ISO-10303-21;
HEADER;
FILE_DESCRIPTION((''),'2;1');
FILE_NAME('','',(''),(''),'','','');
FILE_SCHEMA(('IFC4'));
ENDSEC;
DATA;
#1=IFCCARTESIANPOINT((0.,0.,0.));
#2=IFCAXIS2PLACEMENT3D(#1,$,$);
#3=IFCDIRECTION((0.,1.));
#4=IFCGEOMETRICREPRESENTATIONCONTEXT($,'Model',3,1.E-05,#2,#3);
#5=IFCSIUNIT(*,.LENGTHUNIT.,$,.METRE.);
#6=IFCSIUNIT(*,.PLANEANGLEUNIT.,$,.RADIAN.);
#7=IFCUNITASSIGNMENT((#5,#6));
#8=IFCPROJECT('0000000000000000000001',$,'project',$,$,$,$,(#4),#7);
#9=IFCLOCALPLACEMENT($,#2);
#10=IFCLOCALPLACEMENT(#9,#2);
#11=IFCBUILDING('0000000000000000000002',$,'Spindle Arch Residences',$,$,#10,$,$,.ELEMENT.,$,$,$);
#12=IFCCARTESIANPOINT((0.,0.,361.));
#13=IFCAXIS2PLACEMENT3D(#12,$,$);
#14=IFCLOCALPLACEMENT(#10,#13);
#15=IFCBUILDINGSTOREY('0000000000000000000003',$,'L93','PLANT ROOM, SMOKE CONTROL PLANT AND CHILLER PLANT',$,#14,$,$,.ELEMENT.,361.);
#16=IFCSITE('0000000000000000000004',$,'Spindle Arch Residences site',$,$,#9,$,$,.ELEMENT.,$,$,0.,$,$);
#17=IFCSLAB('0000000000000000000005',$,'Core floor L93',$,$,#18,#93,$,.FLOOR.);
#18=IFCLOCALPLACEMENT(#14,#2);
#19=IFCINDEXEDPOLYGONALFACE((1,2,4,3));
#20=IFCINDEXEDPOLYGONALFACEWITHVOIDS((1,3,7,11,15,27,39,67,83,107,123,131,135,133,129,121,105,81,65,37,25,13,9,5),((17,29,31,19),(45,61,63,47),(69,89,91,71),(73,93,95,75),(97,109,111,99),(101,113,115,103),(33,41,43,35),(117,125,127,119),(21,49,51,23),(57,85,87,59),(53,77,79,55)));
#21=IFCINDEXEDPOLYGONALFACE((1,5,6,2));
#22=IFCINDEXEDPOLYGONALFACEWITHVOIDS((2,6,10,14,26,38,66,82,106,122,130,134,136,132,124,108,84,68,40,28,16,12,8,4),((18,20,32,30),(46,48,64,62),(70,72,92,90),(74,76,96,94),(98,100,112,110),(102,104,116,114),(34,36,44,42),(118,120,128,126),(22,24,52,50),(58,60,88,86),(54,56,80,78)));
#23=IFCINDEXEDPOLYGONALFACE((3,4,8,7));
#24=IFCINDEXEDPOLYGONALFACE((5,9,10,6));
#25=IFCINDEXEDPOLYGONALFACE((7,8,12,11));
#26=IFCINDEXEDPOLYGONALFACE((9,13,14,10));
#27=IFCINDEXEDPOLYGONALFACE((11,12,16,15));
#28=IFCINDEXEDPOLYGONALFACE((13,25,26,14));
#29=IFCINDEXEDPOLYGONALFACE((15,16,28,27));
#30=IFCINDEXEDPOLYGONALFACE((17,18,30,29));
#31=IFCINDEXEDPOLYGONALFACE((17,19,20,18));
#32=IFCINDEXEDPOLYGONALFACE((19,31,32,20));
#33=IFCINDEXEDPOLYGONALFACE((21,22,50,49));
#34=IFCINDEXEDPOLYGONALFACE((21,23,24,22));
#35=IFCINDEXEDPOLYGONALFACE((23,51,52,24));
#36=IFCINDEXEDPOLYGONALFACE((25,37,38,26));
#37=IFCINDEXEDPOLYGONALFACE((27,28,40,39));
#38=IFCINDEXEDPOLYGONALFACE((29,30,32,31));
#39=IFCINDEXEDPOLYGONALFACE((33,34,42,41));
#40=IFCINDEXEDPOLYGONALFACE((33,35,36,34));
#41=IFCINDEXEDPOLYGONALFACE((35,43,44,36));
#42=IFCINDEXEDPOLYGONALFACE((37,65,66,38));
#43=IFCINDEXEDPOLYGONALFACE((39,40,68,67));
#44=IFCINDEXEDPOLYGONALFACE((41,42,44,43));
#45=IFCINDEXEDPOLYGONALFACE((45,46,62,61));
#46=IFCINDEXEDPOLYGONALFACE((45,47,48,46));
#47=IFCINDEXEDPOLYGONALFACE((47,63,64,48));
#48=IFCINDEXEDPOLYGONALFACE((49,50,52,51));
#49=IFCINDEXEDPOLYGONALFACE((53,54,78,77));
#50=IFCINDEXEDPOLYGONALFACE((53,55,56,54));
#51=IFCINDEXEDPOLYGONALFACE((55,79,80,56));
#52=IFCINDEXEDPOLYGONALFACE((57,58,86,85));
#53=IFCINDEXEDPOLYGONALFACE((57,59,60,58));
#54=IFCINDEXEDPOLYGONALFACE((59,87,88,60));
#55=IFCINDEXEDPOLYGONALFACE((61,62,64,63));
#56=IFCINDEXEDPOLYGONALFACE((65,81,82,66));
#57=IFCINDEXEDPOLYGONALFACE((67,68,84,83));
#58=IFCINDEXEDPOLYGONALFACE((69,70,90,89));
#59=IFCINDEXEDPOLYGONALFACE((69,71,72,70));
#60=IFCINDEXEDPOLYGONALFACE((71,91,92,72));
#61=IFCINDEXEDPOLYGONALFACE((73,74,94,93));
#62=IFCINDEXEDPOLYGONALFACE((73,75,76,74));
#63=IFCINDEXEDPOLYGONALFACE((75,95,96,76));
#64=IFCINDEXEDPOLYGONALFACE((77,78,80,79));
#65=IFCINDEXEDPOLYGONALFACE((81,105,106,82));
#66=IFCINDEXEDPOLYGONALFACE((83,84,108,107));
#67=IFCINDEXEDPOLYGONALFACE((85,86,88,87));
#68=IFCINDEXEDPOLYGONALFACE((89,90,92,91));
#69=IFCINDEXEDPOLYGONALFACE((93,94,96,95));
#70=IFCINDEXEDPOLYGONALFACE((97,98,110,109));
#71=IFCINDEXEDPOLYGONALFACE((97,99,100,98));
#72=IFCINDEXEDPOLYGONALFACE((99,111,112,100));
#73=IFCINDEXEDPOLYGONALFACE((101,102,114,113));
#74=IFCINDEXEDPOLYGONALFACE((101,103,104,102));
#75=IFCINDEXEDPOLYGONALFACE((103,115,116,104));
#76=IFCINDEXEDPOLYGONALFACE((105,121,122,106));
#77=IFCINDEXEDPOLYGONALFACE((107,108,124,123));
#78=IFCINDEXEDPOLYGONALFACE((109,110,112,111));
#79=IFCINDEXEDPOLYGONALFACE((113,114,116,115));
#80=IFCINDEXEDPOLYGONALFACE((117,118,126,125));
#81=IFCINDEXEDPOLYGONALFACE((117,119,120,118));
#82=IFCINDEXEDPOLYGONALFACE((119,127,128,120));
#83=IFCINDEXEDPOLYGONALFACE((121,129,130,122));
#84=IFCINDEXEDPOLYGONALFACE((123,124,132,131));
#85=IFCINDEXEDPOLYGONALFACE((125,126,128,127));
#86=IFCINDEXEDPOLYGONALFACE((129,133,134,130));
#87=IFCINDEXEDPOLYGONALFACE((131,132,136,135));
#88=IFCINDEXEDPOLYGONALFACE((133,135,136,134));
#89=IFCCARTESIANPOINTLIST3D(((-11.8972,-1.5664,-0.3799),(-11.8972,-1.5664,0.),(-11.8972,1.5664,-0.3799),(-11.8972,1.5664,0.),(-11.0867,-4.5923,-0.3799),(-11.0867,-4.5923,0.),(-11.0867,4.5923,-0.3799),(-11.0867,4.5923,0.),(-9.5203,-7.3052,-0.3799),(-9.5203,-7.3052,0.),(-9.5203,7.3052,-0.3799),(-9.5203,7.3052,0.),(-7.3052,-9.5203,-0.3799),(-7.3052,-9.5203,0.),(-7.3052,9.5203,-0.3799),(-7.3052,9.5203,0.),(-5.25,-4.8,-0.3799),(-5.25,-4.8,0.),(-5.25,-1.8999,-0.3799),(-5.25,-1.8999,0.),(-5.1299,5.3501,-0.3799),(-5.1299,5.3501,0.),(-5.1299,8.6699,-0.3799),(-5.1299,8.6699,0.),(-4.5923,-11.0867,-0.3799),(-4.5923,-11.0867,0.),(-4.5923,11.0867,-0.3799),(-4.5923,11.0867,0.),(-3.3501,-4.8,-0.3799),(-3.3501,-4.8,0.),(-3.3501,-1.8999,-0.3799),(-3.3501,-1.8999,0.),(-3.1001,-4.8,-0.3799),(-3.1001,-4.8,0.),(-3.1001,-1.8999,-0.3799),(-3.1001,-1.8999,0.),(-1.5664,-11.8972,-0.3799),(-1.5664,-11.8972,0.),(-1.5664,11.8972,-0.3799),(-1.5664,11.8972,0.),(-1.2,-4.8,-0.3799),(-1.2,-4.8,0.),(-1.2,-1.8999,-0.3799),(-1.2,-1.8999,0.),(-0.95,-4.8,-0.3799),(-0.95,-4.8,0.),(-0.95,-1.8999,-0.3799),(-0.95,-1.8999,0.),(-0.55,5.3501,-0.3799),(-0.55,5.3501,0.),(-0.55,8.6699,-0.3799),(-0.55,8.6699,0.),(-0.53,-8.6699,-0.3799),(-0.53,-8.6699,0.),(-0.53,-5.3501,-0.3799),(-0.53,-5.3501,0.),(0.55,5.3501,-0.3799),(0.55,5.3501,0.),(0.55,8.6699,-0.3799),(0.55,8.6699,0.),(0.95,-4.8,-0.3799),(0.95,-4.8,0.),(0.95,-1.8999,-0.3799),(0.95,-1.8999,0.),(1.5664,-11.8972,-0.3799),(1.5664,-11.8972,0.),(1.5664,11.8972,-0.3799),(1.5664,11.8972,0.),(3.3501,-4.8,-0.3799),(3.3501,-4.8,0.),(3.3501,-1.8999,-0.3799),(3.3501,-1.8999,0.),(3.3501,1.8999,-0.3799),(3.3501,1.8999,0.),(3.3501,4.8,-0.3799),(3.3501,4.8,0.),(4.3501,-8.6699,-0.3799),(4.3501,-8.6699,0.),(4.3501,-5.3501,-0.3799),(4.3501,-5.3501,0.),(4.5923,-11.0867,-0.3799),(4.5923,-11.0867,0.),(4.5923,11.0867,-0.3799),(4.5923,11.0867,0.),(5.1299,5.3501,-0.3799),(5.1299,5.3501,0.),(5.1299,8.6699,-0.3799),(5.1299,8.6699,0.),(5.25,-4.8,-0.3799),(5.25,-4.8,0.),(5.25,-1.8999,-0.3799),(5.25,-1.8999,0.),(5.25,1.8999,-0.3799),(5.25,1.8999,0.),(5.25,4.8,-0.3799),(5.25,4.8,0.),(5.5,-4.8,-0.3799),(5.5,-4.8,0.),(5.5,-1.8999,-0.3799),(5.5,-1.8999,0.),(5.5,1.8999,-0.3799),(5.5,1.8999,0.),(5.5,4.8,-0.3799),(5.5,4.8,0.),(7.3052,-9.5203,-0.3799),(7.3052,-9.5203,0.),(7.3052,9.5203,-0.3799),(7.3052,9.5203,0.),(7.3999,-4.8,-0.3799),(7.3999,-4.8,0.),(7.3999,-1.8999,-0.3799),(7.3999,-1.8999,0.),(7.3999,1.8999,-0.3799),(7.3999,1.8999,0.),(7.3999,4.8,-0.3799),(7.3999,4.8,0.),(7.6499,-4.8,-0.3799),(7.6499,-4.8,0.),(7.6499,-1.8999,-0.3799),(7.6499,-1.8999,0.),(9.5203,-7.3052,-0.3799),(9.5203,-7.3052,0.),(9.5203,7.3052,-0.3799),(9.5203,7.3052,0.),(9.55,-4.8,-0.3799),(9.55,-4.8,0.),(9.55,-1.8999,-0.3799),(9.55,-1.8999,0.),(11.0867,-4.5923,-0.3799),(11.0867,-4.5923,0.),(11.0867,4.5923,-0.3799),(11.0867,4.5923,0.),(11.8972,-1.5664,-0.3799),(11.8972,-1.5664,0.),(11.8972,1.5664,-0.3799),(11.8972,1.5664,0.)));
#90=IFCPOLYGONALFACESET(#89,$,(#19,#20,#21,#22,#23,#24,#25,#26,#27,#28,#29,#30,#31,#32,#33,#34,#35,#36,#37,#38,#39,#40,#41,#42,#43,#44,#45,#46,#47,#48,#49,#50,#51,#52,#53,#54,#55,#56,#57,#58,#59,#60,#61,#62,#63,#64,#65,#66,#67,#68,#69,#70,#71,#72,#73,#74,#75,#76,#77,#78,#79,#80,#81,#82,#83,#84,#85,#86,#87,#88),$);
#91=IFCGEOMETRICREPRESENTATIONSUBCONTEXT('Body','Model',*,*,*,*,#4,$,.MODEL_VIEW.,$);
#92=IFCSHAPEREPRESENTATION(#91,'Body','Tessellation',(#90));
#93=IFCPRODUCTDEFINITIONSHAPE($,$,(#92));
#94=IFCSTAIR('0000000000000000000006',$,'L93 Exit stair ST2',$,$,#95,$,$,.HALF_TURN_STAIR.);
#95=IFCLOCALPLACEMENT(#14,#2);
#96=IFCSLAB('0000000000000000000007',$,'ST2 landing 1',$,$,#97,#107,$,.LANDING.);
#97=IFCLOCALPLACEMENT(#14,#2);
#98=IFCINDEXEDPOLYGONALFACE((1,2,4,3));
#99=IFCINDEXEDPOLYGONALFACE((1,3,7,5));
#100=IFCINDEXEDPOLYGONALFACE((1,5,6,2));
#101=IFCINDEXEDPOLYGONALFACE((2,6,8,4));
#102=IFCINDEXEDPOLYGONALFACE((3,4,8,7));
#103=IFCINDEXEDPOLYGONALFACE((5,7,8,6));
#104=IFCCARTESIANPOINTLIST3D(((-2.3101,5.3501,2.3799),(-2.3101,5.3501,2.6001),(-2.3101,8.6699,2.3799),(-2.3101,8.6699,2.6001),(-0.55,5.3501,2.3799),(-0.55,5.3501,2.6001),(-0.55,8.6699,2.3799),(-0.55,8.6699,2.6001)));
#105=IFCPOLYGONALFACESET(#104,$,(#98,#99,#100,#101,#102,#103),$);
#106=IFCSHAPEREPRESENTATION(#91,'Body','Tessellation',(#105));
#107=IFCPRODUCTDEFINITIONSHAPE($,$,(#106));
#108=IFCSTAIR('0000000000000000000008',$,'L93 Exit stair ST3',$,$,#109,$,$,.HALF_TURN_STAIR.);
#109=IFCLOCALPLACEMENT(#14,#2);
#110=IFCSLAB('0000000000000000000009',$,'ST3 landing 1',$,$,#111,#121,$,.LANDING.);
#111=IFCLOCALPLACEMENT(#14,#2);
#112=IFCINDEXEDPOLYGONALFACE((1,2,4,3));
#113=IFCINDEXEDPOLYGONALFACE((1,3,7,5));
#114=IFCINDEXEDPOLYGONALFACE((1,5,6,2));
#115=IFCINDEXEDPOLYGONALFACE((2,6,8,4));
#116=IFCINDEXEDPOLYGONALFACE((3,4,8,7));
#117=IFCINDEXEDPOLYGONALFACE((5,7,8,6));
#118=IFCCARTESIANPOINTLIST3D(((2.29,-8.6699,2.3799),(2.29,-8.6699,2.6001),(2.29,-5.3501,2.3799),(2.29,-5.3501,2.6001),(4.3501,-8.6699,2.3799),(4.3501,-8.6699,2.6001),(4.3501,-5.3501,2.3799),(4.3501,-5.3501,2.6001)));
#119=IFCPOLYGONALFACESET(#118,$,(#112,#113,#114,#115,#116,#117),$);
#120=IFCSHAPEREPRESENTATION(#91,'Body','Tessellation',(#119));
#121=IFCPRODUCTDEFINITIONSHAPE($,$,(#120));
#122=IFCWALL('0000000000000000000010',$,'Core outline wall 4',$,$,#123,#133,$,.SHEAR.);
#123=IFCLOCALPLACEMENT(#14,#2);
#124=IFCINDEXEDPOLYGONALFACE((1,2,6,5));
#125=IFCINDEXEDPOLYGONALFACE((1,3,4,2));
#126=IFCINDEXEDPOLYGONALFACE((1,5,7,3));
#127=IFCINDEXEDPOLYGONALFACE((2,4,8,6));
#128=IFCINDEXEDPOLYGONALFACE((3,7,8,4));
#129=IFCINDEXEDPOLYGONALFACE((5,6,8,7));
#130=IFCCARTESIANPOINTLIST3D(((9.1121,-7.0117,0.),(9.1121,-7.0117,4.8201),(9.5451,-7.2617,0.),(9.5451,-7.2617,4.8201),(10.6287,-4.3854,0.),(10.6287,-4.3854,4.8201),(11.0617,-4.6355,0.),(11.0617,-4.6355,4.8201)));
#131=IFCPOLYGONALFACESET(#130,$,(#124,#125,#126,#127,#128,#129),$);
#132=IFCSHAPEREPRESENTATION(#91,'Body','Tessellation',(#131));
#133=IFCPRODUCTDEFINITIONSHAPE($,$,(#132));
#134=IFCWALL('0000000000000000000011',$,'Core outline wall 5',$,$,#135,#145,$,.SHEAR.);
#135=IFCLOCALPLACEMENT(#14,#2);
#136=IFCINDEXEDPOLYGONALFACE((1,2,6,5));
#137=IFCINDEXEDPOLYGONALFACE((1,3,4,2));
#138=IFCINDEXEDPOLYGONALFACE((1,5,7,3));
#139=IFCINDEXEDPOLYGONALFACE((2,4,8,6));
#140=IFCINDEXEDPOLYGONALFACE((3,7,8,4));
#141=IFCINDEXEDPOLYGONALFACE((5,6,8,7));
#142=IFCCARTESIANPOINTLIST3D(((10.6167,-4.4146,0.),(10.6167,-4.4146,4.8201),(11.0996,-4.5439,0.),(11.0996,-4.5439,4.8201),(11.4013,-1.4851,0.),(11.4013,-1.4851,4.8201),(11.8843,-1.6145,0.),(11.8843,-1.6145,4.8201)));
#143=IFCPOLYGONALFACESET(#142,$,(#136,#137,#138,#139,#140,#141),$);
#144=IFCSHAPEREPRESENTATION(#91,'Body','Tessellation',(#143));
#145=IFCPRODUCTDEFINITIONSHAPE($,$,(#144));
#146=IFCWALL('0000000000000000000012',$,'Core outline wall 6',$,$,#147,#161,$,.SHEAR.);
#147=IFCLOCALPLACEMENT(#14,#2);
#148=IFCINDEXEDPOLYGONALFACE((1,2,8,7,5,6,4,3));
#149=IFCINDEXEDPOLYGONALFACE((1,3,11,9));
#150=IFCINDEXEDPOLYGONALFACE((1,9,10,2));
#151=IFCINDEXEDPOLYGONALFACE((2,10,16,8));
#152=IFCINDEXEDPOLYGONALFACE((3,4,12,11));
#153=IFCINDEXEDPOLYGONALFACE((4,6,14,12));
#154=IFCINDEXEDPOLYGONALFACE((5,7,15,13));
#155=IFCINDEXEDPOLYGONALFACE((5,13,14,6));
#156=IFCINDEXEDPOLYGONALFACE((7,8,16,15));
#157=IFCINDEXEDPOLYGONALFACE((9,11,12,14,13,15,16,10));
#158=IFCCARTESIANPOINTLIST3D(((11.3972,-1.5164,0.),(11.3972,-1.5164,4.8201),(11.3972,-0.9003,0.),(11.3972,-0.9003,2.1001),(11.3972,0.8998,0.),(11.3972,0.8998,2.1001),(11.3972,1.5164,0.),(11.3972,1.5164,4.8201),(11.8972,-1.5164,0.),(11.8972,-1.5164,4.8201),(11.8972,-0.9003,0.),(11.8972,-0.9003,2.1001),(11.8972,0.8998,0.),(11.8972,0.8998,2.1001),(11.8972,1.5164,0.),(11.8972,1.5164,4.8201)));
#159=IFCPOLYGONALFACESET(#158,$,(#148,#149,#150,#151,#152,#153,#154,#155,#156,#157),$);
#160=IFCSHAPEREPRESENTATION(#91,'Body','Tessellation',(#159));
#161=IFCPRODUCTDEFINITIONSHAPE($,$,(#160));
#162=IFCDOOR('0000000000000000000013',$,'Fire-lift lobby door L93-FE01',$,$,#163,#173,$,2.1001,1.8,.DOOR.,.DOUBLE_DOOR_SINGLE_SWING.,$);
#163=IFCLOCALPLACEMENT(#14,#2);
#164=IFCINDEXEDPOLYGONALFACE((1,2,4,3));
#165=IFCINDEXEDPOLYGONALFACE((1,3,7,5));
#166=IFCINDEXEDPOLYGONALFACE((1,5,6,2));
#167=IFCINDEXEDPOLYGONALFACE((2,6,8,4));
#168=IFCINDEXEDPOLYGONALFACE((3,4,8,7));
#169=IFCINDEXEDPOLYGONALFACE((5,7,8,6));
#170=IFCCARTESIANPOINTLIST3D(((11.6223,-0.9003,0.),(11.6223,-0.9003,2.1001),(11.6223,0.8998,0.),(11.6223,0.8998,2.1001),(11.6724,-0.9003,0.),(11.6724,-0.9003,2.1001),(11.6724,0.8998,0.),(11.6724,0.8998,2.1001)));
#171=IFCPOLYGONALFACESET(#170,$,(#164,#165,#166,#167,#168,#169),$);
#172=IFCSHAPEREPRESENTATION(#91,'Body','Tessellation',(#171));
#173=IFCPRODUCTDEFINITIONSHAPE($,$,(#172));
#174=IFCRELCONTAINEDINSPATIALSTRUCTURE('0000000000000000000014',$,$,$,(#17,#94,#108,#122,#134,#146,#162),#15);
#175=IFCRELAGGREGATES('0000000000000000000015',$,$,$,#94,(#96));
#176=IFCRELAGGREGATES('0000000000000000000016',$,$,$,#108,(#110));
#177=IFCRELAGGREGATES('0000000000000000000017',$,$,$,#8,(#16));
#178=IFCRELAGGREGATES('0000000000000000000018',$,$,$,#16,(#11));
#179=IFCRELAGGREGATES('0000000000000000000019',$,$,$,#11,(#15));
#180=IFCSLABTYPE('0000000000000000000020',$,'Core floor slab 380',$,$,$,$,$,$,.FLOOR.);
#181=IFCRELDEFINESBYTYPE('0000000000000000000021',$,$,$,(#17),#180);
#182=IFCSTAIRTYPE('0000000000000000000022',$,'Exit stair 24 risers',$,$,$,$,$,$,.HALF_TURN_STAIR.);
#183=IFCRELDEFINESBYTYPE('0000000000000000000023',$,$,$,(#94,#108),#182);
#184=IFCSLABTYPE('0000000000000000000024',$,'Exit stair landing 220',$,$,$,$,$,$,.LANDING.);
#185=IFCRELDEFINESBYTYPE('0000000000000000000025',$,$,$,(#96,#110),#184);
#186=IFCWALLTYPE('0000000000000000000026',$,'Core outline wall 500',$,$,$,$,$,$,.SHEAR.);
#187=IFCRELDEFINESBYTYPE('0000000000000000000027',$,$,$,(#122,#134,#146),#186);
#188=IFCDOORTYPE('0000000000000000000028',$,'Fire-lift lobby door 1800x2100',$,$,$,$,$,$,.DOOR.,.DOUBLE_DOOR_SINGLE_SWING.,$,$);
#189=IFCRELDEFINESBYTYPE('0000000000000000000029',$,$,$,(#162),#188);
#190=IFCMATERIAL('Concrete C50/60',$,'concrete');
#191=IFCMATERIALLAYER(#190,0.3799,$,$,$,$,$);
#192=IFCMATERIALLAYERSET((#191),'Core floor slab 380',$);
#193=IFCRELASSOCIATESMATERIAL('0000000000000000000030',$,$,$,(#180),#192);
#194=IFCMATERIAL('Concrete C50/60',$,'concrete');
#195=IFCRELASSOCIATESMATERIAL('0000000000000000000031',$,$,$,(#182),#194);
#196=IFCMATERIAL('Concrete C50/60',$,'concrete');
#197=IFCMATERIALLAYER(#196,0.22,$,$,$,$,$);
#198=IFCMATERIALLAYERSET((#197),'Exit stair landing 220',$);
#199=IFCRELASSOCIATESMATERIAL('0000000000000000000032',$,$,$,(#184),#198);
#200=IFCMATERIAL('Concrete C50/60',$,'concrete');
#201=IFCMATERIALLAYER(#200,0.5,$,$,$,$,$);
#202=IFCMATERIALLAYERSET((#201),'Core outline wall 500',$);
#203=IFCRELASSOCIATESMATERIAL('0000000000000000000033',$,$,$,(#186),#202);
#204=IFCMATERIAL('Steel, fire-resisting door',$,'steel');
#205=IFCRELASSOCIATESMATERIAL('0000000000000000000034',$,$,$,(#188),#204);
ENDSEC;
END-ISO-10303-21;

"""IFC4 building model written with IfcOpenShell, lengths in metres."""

from ifc_helpers import new_model, si_unit, direction, frame, frame_2d, origin, place, context, subcontext, project, spatial, polyline, rectangle, outline, extrude, material, layer, layer_set, type_object, element, fill, aggregate, save


model = new_model("IFC4")

# Units and contexts
model_context = context("Model", 3, precision=1e-05, world=origin(), true_north=direction((0.0, 1.0)))
body_context = subcontext(model_context, "Body", "Model", "MODEL_VIEW")
ifc_project = project(units=[si_unit("LENGTHUNIT", "METRE"), si_unit("PLANEANGLEUNIT", "RADIAN")], contexts=[model_context])

# Site, building, storey
site_placement = place(None, origin())
site = spatial("IfcSite", under=ifc_project, at=site_placement, Name="Spindle Arch Residences site", CompositionType="ELEMENT", RefElevation=0.0)
building_placement = place(site_placement, origin())
building = spatial("IfcBuilding", under=site, at=building_placement, Name="Spindle Arch Residences", CompositionType="ELEMENT")
storey_placement = place(building_placement, frame((0.0, 0.0, 361.0)))
storey = spatial("IfcBuildingStorey", under=building, at=storey_placement, Name="L93", Description="PLANT ROOM, SMOKE CONTROL PLANT AND CHILLER PLANT", CompositionType="ELEMENT", Elevation=361.0)

# Slab
ifc_material_1 = material(Name="Concrete C50/60", Category="concrete")
ifc_layer_1 = layer(ifc_material_1, 0.3799)
ifc_layer_set_1 = layer_set([ifc_layer_1], Name="Core floor slab 380")
slab_type_1 = type_object("IfcSlabType", Name="Core floor slab 380", PredefinedType="FLOOR", material=ifc_layer_set_1)
slab_1_placement = place(storey_placement, frame((0.0, 0.0, -0.3799)))
element("IfcSlab", 1, at=slab_1_placement, inside=storey, type_object=slab_type_1, Name="Core floor L93", PredefinedType="FLOOR", context=body_context, shape_type="SweptSolid", body=[
    extrude(outline(polyline([(1.5664, -11.8972), (4.5923, -11.0867), (7.3052, -9.5203), (9.5203, -7.3052), (11.0867, -4.5923), (11.8972, -1.5664), (11.8972, 1.5664), (11.0867, 4.5923), (9.5203, 7.3052), (7.3052, 9.5203), (4.5923, 11.0867), (1.5664, 11.8972), (-1.5664, 11.8972), (-4.5923, 11.0867), (-7.3052, 9.5203), (-9.5203, 7.3052), (-11.0867, 4.5923), (-11.8972, 1.5664), (-11.8972, -1.5664), (-11.0867, -4.5923), (-9.5203, -7.3052), (-7.3052, -9.5203), (-4.5923, -11.0867), (-1.5664, -11.8972), (1.5664, -11.8972)]), holes=[polyline([(3.3501, 1.8999), (5.25, 1.8999), (5.25, 4.8), (3.3501, 4.8), (3.3501, 1.8999)]), polyline([(5.5, 1.8999), (7.3999, 1.8999), (7.3999, 4.8), (5.5, 4.8), (5.5, 1.8999)]), polyline([(-5.25, -4.8), (-3.3501, -4.8), (-3.3501, -1.8999), (-5.25, -1.8999), (-5.25, -4.8)]), polyline([(-3.1001, -4.8), (-1.2, -4.8), (-1.2, -1.8999), (-3.1001, -1.8999), (-3.1001, -4.8)]), polyline([(-0.95, -4.8), (0.95, -4.8), (0.95, -1.8999), (-0.95, -1.8999), (-0.95, -4.8)]), polyline([(3.3501, -4.8), (5.25, -4.8), (5.25, -1.8999), (3.3501, -1.8999), (3.3501, -4.8)]), polyline([(5.5, -4.8), (7.3999, -4.8), (7.3999, -1.8999), (5.5, -1.8999), (5.5, -4.8)]), polyline([(7.6499, -4.8), (9.55, -4.8), (9.55, -1.8999), (7.6499, -1.8999), (7.6499, -4.8)]), polyline([(5.1299, 8.6699), (0.55, 8.6699), (0.55, 5.3501), (5.1299, 5.3501), (5.1299, 8.6699)]), polyline([(-5.1299, 5.3501), (-0.55, 5.3501), (-0.55, 8.6699), (-5.1299, 8.6699), (-5.1299, 5.3501)]), polyline([(-0.53, -8.6699), (4.3501, -8.6699), (4.3501, -5.3501), (-0.53, -5.3501), (-0.53, -8.6699)])]), origin(), (0.0, 0.0, 1.0), 0.3799),
])

# Stairs, slabs
ifc_material_2 = material(Name="Concrete C50/60", Category="concrete")
stair_type = type_object("IfcStairType", Name="Exit stair 24 risers", PredefinedType="HALF_TURN_STAIR", material=ifc_material_2)
stair_1_placement = place(storey_placement, origin())
stair_1 = element("IfcStair", 2, at=stair_1_placement, inside=storey, type_object=stair_type, Name="L93 Exit stair ST2", PredefinedType="HALF_TURN_STAIR")
ifc_material_3 = material(Name="Concrete C50/60", Category="concrete")
ifc_layer_2 = layer(ifc_material_3, 0.22)
ifc_layer_set_2 = layer_set([ifc_layer_2], Name="Exit stair landing 220")
slab_type_2 = type_object("IfcSlabType", Name="Exit stair landing 220", PredefinedType="LANDING", material=ifc_layer_set_2)
slab_2_placement = place(storey_placement, frame((0.0, 0.0, 2.3799)))
slab_2 = element("IfcSlab", 3, at=slab_2_placement, type_object=slab_type_2, Name="ST2 landing 1", PredefinedType="LANDING", context=body_context, shape_type="SweptSolid", body=[
    extrude(outline(polyline([(-2.3101, 5.3501), (-0.55, 5.3501), (-0.55, 8.6699), (-2.3101, 8.6699), (-2.3101, 5.3501)])), origin(), (0.0, 0.0, 1.0), 0.2202),
])
aggregate(stair_1, [slab_2])
stair_2_placement = place(storey_placement, origin())
stair_2 = element("IfcStair", 4, at=stair_2_placement, inside=storey, type_object=stair_type, Name="L93 Exit stair ST3", PredefinedType="HALF_TURN_STAIR")
slab_3_placement = place(storey_placement, frame((0.0, 0.0, 2.3799)))
slab_3 = element("IfcSlab", 5, at=slab_3_placement, type_object=slab_type_2, Name="ST3 landing 1", PredefinedType="LANDING", context=body_context, shape_type="SweptSolid", body=[
    extrude(outline(polyline([(2.29, -8.6699), (4.3501, -8.6699), (4.3501, -5.3501), (2.29, -5.3501), (2.29, -8.6699)])), origin(), (0.0, 0.0, 1.0), 0.2202),
])

# Walls
ifc_material_4 = material(Name="Concrete C50/60", Category="concrete")
ifc_layer_3 = layer(ifc_material_4, 0.5)
ifc_layer_set_3 = layer_set([ifc_layer_3], Name="Core outline wall 500")
wall_type_1 = type_object("IfcWallType", Name="Core outline wall 500", PredefinedType="SHEAR", material=ifc_layer_set_3)
for number, where, z_axis, x_axis, name in (
    (6, (9.3286, -7.1367, 0.0), (0.0, 0.0, 1.0), (0.500087, 0.865975, 0.0), "Core outline wall 4"),
    (7, (10.8582, -4.4792, 0.0), (0.0, 0.0, 1.0), (0.258735, 0.965948, 0.0), "Core outline wall 5"),
):
    element("IfcWall", number, at=place(storey_placement, frame(where, z_axis=z_axis, x_axis=x_axis)), inside=storey, type_object=wall_type_1, Name=name, PredefinedType="SHEAR", context=body_context, shape_type="SweptSolid", body=[
        extrude(rectangle(XDim=3.0327, YDim=0.5, at=frame_2d((1.5164, 0.0))), origin(), (0.0, 0.0, 1.0), 4.8201),
    ])

# Wall, opening, door
wall_1_placement = place(storey_placement, frame((11.6472, -1.5164, 0.0), z_axis=(0.0, 0.0, 1.0), x_axis=(0.0, 1.0, 0.0)))
wall_1 = element("IfcWall", 8, at=wall_1_placement, inside=storey, type_object=wall_type_1, Name="Core outline wall 6", PredefinedType="SHEAR", context=body_context, shape_type="SweptSolid", body=[
    extrude(rectangle(XDim=3.0327, YDim=0.5, at=frame_2d((1.5164, 0.0))), origin(), (0.0, 0.0, 1.0), 4.8201),
])
opening_1_placement = place(wall_1_placement, frame((0.6162, 0.0, 0.0)))
opening_1 = element("IfcOpeningElement", 9, at=opening_1_placement, cuts=wall_1, PredefinedType="OPENING", context=body_context, shape_type="SweptSolid", body=[
    extrude(rectangle(XDim=1.8, YDim=2.1001, at=frame_2d((0.8999, 1.05))), frame((0.0, 0.26, 0.0), z_axis=(0.0, -1.0, 0.0), x_axis=(1.0, 0.0, 0.0)), (0.0, 0.0, 1.0), 0.52),
])
ifc_material_5 = material(Name="Steel, fire-resisting door", Category="steel")
door_type_1 = type_object("IfcDoorType", Name="Fire-lift lobby door 1800x2100", OperationType="DOUBLE_DOOR_SINGLE_SWING", PredefinedType="DOOR", material=ifc_material_5)
door_1_placement = place(opening_1_placement, origin())
door_1 = element("IfcDoor", 10, at=door_1_placement, inside=storey, type_object=door_type_1, Name="Fire-lift lobby door L93-FE01", OperationType="DOUBLE_DOOR_SINGLE_SWING", OverallHeight=2.1001, OverallWidth=1.8, PredefinedType="DOOR", context=body_context, shape_type="SweptSolid", body=[
    extrude(rectangle(XDim=1.8, YDim=2.1001, at=frame_2d((0.8999, 1.05))), frame((0.0, 0.0249, 0.0), z_axis=(0.0, -1.0, 0.0), x_axis=(1.0, 0.0, 0.0)), (0.0, 0.0, 1.0), 0.05),
])
fill(opening_1, door_1)

aggregate(stair_2, [slab_3])

save(model, "model.ifc")
